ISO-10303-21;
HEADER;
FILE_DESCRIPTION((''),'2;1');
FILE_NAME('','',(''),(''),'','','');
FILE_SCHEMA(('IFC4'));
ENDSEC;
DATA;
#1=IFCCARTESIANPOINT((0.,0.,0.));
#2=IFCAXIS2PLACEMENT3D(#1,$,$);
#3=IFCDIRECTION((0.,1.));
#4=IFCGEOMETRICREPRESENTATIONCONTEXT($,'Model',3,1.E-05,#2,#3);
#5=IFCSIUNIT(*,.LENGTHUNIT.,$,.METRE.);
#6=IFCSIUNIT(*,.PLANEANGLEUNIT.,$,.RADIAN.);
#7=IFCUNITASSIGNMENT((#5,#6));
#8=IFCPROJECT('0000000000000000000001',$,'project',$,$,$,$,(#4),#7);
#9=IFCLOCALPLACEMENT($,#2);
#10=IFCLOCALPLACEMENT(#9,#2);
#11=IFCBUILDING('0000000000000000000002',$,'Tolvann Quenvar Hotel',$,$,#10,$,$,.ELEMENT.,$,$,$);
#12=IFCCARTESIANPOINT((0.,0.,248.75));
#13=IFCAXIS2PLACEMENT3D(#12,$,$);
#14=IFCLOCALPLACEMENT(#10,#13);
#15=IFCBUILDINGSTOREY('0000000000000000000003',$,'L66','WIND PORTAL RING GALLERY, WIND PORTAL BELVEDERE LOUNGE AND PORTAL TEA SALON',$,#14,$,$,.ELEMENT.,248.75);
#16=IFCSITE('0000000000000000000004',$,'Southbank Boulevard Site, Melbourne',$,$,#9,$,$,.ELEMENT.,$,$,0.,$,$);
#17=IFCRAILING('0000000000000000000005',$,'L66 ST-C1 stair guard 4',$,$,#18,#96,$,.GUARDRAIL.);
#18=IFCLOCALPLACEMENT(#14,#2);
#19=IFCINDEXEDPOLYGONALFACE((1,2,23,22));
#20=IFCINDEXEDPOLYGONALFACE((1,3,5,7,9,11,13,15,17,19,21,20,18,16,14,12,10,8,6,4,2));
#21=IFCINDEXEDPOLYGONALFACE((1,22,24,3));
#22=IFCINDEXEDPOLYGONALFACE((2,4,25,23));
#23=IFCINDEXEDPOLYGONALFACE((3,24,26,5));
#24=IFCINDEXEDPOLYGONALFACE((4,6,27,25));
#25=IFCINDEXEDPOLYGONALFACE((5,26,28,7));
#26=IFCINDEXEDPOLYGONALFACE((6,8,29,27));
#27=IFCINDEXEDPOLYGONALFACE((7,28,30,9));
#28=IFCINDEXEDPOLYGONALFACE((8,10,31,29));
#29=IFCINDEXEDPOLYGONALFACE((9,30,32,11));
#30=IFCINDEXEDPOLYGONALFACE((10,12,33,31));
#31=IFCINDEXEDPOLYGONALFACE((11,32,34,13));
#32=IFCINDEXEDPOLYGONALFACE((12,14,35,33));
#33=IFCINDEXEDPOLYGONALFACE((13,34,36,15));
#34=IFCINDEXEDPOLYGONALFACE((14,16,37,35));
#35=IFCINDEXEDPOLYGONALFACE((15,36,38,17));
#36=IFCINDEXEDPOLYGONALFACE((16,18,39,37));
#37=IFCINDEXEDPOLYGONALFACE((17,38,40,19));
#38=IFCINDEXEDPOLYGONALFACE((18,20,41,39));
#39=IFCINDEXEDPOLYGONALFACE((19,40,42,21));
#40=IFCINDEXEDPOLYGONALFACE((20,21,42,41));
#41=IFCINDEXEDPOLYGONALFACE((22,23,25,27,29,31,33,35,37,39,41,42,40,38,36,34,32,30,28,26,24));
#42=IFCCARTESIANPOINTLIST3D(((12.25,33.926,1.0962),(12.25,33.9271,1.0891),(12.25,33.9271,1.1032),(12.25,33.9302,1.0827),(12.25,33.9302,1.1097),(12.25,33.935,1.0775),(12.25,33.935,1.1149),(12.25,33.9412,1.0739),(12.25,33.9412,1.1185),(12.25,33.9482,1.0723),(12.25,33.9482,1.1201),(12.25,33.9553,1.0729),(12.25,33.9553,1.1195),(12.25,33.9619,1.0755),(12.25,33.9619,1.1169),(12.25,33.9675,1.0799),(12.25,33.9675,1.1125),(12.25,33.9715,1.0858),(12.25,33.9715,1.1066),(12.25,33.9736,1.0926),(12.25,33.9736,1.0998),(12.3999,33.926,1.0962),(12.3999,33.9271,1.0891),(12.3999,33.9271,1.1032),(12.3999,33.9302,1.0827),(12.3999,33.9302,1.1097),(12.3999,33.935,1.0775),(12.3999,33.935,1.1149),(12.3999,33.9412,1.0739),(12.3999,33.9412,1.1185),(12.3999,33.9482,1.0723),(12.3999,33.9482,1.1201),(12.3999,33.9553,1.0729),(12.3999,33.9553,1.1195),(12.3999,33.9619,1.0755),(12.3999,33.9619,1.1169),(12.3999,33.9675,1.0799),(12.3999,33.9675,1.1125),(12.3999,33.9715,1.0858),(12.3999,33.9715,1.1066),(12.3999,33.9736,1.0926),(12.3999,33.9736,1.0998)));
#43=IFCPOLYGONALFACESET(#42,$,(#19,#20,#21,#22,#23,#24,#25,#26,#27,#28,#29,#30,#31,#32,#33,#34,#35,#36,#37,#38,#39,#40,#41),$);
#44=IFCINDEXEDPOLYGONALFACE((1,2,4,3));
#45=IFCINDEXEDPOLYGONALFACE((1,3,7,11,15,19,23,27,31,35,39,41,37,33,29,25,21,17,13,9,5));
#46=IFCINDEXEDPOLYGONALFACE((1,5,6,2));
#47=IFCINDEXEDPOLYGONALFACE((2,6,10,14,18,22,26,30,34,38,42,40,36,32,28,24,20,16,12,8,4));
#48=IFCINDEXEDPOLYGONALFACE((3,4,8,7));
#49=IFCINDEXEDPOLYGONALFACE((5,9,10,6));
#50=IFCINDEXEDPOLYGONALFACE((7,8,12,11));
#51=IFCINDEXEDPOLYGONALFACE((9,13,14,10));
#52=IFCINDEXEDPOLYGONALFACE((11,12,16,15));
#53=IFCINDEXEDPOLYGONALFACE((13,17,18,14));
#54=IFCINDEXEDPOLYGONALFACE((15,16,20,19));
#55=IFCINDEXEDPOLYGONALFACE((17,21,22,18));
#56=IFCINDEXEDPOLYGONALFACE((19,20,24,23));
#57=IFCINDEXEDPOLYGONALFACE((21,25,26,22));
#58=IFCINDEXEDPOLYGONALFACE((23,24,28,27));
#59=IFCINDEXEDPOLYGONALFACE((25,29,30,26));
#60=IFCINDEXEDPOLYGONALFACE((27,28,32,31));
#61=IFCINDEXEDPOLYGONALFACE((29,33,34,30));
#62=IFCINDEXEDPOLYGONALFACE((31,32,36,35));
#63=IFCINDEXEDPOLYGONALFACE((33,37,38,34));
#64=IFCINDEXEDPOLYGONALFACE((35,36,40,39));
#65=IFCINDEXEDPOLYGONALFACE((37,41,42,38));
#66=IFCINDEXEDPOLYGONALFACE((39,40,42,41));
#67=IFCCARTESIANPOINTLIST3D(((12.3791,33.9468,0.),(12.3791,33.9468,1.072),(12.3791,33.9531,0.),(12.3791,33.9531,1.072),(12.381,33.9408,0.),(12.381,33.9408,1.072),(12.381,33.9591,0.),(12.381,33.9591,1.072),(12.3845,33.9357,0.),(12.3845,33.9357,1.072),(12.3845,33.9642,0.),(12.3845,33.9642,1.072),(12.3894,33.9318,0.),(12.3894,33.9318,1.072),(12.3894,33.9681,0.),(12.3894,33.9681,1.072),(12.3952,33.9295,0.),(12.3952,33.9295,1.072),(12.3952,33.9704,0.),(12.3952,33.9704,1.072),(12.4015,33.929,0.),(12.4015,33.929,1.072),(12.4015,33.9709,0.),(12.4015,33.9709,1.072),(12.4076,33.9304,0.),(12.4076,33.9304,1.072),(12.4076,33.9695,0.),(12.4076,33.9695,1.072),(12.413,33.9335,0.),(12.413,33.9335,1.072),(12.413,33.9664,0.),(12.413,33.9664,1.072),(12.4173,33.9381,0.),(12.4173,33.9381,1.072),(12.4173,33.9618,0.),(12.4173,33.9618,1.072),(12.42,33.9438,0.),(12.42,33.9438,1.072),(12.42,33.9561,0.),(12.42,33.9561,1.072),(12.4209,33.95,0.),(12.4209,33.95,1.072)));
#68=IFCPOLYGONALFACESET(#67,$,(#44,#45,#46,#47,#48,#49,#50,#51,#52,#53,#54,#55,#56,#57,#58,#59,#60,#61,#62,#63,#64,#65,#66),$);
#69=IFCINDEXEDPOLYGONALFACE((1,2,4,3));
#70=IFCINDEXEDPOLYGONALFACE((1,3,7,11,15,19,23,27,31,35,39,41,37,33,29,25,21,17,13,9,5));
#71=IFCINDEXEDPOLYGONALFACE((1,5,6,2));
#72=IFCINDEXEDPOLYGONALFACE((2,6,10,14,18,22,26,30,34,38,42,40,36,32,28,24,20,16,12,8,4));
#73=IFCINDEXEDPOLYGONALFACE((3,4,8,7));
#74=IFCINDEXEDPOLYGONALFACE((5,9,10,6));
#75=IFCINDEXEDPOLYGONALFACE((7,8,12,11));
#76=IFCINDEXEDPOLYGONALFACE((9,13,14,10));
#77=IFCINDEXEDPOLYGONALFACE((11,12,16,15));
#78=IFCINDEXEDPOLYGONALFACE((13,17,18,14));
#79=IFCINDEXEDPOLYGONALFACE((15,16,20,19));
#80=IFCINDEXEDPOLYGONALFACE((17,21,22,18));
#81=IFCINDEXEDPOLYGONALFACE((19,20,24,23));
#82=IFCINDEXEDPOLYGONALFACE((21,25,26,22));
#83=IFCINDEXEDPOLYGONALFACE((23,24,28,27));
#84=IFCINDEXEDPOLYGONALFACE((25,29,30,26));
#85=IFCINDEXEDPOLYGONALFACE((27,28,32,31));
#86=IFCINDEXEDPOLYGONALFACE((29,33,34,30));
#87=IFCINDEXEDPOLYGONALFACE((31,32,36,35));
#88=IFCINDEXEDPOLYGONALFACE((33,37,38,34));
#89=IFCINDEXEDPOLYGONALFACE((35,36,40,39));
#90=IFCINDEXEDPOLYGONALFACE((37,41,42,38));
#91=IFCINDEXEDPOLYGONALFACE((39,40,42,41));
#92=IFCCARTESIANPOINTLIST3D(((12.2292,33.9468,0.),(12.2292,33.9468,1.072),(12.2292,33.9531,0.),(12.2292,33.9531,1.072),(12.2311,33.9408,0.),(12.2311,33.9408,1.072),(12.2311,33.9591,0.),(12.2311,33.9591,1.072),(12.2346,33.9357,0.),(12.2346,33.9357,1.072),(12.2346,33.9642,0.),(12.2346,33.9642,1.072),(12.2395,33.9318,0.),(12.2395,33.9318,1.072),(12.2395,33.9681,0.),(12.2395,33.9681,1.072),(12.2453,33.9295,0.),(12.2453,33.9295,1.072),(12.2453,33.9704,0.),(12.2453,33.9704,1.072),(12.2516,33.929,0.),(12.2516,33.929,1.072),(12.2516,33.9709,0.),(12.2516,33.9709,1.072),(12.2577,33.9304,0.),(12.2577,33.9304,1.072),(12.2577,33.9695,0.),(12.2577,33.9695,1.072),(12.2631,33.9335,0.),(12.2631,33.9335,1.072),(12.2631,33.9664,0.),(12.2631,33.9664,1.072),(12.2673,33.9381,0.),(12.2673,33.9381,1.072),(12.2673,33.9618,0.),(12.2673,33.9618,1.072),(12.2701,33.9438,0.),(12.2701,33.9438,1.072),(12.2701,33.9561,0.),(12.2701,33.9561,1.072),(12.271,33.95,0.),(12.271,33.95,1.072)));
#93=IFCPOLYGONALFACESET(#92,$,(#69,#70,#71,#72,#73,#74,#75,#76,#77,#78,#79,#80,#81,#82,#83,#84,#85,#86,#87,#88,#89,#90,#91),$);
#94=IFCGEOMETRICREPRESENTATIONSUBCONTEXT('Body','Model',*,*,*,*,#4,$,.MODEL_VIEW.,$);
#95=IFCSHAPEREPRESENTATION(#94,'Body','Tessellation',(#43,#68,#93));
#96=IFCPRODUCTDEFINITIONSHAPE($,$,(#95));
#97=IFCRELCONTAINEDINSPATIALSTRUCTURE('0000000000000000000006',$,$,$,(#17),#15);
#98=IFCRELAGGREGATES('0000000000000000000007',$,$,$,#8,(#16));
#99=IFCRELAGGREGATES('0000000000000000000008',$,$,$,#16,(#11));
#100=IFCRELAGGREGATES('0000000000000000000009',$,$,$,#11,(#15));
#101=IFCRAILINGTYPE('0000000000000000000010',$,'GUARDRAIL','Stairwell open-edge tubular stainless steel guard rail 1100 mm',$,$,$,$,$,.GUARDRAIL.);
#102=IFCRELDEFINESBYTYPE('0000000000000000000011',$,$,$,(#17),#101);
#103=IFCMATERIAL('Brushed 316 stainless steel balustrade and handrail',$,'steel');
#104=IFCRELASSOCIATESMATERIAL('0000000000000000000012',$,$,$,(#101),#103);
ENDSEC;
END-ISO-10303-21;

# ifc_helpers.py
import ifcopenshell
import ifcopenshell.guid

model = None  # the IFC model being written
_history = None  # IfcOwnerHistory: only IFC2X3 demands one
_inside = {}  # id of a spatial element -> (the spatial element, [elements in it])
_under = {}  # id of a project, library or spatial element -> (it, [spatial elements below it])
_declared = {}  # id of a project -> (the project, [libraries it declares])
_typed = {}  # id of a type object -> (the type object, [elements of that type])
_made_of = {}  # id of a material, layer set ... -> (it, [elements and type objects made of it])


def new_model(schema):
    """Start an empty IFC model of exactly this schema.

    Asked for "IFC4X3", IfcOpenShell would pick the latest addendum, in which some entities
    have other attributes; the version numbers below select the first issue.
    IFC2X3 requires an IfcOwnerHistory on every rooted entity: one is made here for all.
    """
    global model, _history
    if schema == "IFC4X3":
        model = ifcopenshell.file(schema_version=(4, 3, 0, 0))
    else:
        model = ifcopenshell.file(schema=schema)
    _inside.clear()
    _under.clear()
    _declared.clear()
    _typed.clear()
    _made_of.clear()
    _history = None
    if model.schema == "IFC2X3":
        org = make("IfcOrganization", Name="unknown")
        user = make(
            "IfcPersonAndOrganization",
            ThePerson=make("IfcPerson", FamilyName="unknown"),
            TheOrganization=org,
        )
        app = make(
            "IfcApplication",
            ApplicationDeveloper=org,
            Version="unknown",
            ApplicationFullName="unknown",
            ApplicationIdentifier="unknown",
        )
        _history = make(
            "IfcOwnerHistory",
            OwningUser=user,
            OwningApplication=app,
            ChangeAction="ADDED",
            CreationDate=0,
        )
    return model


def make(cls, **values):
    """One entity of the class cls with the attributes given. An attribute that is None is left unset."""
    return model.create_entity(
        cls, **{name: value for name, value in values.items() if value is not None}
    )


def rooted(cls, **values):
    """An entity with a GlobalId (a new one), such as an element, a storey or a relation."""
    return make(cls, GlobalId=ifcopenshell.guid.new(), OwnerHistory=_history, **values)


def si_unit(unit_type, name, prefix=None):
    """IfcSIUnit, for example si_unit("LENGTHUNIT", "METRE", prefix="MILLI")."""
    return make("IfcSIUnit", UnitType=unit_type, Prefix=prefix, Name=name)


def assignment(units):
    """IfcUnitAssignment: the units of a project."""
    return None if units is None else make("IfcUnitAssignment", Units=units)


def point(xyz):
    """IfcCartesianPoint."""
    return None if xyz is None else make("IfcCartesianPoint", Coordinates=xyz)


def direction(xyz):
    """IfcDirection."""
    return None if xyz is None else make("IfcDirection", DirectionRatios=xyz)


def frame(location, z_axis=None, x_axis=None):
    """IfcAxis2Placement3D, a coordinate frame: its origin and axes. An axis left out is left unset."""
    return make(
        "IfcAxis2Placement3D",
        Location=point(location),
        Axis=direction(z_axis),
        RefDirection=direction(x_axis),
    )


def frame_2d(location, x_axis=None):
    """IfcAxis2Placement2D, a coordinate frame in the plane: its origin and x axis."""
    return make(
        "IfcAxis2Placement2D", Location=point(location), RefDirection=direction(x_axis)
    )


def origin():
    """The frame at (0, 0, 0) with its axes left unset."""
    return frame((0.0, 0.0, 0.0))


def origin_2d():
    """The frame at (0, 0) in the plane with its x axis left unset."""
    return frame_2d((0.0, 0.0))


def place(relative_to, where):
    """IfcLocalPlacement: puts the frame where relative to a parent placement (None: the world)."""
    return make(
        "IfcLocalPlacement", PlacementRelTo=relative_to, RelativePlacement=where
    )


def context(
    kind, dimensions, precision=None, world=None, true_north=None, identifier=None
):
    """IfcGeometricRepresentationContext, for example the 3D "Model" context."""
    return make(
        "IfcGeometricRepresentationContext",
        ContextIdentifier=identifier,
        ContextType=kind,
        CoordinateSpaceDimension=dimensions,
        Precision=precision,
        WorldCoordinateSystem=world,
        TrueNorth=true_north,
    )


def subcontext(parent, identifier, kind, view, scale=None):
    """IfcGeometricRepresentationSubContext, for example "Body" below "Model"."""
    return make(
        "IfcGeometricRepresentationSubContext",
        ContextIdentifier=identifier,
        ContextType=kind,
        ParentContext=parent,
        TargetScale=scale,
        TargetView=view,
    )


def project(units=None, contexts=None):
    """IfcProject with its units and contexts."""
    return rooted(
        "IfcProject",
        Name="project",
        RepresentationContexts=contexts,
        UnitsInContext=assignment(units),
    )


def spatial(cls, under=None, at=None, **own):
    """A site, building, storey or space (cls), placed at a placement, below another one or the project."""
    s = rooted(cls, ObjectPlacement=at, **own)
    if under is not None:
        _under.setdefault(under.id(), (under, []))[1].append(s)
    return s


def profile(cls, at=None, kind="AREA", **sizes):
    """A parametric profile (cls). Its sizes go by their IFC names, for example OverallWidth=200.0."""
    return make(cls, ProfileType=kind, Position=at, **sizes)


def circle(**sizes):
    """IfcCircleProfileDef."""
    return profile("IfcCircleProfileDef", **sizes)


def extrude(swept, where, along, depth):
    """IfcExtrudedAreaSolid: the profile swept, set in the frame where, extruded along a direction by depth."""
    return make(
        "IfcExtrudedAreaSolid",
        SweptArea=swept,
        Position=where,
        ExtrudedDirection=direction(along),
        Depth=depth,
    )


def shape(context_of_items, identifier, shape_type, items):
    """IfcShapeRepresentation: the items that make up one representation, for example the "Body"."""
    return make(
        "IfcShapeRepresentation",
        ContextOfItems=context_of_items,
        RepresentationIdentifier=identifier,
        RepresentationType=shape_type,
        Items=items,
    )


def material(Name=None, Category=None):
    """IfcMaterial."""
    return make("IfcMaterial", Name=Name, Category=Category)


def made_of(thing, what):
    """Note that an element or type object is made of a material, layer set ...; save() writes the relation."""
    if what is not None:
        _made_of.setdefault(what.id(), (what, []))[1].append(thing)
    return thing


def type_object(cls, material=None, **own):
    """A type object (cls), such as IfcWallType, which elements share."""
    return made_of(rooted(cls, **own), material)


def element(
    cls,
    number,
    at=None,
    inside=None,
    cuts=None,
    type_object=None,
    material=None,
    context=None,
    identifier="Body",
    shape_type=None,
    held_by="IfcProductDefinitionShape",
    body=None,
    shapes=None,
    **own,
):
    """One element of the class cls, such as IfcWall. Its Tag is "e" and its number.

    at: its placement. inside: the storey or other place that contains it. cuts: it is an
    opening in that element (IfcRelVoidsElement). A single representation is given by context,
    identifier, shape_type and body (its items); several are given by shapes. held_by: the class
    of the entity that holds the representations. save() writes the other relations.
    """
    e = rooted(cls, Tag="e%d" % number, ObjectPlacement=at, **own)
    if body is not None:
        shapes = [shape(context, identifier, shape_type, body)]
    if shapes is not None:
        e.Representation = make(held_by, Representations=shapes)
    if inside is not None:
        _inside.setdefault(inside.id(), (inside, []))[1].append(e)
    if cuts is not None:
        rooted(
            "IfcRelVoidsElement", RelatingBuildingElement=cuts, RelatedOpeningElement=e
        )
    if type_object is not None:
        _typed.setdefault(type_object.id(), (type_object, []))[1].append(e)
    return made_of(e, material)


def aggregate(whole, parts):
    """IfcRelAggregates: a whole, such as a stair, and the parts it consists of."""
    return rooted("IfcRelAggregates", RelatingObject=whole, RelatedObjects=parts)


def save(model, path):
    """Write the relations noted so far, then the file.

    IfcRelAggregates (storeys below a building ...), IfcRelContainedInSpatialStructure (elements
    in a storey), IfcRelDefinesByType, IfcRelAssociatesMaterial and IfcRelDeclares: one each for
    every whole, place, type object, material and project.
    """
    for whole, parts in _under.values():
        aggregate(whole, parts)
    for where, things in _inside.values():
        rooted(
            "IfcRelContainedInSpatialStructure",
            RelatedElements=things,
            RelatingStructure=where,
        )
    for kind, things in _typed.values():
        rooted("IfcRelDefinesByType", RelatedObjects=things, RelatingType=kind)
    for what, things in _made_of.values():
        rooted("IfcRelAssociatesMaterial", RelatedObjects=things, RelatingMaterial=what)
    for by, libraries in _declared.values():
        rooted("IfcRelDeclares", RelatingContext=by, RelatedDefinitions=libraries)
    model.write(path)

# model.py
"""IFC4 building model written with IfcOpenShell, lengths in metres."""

from ifc_helpers import new_model, si_unit, direction, frame, origin, origin_2d, place, context, subcontext, project, spatial, circle, extrude, material, type_object, element, save


model = new_model("IFC4")

# Units and contexts
model_context = context("Model", 3, precision=1e-05, world=origin(), true_north=direction((0.0, 1.0)))
body_context = subcontext(model_context, "Body", "Model", "MODEL_VIEW")
ifc_project = project(units=[si_unit("LENGTHUNIT", "METRE"), si_unit("PLANEANGLEUNIT", "RADIAN")], contexts=[model_context])

# Site, building, storey
site_placement = place(None, origin())
site = spatial("IfcSite", under=ifc_project, at=site_placement, Name="Southbank Boulevard Site, Melbourne", CompositionType="ELEMENT", RefElevation=0.0)
building_placement = place(site_placement, origin())
building = spatial("IfcBuilding", under=site, at=building_placement, Name="Tolvann Quenvar Hotel", CompositionType="ELEMENT")
storey_placement = place(building_placement, frame((0.0, 0.0, 248.75)))
storey = spatial("IfcBuildingStorey", under=building, at=storey_placement, Name="L66", Description="WIND PORTAL RING GALLERY, WIND PORTAL BELVEDERE LOUNGE AND PORTAL TEA SALON", CompositionType="ELEMENT", Elevation=248.75)

# Railing
ifc_material_1 = material(Name="Brushed 316 stainless steel balustrade and handrail", Category="steel")
railing_type = type_object("IfcRailingType", Name="GUARDRAIL", Description="Stairwell open-edge tubular stainless steel guard rail 1100 mm", PredefinedType="GUARDRAIL", material=ifc_material_1)
railing_placement = place(storey_placement, frame((12.3999, 33.95, 0.0)))
element("IfcRailing", 1, at=railing_placement, inside=storey, type_object=railing_type, Name="L66 ST-C1 stair guard 4", PredefinedType="GUARDRAIL", context=body_context, shape_type="SweptSolid", body=[
    extrude(circle(Radius=0.0239, at=origin_2d()), frame((0.0, 0.0, 1.0962), z_axis=(-1.0, 0.0, 0.0), x_axis=(0.0, -1.0, 0.0)), (0.0, 0.0, 1.0), 0.1499),
    extrude(circle(Radius=0.021, at=origin_2d()), origin(), (0.0, 0.0, 1.0), 1.072),
    extrude(circle(Radius=0.021, at=origin_2d()), frame((-0.1499, 0.0, 0.0)), (0.0, 0.0, 1.0), 1.072),
])

save(model, "model.ifc")
